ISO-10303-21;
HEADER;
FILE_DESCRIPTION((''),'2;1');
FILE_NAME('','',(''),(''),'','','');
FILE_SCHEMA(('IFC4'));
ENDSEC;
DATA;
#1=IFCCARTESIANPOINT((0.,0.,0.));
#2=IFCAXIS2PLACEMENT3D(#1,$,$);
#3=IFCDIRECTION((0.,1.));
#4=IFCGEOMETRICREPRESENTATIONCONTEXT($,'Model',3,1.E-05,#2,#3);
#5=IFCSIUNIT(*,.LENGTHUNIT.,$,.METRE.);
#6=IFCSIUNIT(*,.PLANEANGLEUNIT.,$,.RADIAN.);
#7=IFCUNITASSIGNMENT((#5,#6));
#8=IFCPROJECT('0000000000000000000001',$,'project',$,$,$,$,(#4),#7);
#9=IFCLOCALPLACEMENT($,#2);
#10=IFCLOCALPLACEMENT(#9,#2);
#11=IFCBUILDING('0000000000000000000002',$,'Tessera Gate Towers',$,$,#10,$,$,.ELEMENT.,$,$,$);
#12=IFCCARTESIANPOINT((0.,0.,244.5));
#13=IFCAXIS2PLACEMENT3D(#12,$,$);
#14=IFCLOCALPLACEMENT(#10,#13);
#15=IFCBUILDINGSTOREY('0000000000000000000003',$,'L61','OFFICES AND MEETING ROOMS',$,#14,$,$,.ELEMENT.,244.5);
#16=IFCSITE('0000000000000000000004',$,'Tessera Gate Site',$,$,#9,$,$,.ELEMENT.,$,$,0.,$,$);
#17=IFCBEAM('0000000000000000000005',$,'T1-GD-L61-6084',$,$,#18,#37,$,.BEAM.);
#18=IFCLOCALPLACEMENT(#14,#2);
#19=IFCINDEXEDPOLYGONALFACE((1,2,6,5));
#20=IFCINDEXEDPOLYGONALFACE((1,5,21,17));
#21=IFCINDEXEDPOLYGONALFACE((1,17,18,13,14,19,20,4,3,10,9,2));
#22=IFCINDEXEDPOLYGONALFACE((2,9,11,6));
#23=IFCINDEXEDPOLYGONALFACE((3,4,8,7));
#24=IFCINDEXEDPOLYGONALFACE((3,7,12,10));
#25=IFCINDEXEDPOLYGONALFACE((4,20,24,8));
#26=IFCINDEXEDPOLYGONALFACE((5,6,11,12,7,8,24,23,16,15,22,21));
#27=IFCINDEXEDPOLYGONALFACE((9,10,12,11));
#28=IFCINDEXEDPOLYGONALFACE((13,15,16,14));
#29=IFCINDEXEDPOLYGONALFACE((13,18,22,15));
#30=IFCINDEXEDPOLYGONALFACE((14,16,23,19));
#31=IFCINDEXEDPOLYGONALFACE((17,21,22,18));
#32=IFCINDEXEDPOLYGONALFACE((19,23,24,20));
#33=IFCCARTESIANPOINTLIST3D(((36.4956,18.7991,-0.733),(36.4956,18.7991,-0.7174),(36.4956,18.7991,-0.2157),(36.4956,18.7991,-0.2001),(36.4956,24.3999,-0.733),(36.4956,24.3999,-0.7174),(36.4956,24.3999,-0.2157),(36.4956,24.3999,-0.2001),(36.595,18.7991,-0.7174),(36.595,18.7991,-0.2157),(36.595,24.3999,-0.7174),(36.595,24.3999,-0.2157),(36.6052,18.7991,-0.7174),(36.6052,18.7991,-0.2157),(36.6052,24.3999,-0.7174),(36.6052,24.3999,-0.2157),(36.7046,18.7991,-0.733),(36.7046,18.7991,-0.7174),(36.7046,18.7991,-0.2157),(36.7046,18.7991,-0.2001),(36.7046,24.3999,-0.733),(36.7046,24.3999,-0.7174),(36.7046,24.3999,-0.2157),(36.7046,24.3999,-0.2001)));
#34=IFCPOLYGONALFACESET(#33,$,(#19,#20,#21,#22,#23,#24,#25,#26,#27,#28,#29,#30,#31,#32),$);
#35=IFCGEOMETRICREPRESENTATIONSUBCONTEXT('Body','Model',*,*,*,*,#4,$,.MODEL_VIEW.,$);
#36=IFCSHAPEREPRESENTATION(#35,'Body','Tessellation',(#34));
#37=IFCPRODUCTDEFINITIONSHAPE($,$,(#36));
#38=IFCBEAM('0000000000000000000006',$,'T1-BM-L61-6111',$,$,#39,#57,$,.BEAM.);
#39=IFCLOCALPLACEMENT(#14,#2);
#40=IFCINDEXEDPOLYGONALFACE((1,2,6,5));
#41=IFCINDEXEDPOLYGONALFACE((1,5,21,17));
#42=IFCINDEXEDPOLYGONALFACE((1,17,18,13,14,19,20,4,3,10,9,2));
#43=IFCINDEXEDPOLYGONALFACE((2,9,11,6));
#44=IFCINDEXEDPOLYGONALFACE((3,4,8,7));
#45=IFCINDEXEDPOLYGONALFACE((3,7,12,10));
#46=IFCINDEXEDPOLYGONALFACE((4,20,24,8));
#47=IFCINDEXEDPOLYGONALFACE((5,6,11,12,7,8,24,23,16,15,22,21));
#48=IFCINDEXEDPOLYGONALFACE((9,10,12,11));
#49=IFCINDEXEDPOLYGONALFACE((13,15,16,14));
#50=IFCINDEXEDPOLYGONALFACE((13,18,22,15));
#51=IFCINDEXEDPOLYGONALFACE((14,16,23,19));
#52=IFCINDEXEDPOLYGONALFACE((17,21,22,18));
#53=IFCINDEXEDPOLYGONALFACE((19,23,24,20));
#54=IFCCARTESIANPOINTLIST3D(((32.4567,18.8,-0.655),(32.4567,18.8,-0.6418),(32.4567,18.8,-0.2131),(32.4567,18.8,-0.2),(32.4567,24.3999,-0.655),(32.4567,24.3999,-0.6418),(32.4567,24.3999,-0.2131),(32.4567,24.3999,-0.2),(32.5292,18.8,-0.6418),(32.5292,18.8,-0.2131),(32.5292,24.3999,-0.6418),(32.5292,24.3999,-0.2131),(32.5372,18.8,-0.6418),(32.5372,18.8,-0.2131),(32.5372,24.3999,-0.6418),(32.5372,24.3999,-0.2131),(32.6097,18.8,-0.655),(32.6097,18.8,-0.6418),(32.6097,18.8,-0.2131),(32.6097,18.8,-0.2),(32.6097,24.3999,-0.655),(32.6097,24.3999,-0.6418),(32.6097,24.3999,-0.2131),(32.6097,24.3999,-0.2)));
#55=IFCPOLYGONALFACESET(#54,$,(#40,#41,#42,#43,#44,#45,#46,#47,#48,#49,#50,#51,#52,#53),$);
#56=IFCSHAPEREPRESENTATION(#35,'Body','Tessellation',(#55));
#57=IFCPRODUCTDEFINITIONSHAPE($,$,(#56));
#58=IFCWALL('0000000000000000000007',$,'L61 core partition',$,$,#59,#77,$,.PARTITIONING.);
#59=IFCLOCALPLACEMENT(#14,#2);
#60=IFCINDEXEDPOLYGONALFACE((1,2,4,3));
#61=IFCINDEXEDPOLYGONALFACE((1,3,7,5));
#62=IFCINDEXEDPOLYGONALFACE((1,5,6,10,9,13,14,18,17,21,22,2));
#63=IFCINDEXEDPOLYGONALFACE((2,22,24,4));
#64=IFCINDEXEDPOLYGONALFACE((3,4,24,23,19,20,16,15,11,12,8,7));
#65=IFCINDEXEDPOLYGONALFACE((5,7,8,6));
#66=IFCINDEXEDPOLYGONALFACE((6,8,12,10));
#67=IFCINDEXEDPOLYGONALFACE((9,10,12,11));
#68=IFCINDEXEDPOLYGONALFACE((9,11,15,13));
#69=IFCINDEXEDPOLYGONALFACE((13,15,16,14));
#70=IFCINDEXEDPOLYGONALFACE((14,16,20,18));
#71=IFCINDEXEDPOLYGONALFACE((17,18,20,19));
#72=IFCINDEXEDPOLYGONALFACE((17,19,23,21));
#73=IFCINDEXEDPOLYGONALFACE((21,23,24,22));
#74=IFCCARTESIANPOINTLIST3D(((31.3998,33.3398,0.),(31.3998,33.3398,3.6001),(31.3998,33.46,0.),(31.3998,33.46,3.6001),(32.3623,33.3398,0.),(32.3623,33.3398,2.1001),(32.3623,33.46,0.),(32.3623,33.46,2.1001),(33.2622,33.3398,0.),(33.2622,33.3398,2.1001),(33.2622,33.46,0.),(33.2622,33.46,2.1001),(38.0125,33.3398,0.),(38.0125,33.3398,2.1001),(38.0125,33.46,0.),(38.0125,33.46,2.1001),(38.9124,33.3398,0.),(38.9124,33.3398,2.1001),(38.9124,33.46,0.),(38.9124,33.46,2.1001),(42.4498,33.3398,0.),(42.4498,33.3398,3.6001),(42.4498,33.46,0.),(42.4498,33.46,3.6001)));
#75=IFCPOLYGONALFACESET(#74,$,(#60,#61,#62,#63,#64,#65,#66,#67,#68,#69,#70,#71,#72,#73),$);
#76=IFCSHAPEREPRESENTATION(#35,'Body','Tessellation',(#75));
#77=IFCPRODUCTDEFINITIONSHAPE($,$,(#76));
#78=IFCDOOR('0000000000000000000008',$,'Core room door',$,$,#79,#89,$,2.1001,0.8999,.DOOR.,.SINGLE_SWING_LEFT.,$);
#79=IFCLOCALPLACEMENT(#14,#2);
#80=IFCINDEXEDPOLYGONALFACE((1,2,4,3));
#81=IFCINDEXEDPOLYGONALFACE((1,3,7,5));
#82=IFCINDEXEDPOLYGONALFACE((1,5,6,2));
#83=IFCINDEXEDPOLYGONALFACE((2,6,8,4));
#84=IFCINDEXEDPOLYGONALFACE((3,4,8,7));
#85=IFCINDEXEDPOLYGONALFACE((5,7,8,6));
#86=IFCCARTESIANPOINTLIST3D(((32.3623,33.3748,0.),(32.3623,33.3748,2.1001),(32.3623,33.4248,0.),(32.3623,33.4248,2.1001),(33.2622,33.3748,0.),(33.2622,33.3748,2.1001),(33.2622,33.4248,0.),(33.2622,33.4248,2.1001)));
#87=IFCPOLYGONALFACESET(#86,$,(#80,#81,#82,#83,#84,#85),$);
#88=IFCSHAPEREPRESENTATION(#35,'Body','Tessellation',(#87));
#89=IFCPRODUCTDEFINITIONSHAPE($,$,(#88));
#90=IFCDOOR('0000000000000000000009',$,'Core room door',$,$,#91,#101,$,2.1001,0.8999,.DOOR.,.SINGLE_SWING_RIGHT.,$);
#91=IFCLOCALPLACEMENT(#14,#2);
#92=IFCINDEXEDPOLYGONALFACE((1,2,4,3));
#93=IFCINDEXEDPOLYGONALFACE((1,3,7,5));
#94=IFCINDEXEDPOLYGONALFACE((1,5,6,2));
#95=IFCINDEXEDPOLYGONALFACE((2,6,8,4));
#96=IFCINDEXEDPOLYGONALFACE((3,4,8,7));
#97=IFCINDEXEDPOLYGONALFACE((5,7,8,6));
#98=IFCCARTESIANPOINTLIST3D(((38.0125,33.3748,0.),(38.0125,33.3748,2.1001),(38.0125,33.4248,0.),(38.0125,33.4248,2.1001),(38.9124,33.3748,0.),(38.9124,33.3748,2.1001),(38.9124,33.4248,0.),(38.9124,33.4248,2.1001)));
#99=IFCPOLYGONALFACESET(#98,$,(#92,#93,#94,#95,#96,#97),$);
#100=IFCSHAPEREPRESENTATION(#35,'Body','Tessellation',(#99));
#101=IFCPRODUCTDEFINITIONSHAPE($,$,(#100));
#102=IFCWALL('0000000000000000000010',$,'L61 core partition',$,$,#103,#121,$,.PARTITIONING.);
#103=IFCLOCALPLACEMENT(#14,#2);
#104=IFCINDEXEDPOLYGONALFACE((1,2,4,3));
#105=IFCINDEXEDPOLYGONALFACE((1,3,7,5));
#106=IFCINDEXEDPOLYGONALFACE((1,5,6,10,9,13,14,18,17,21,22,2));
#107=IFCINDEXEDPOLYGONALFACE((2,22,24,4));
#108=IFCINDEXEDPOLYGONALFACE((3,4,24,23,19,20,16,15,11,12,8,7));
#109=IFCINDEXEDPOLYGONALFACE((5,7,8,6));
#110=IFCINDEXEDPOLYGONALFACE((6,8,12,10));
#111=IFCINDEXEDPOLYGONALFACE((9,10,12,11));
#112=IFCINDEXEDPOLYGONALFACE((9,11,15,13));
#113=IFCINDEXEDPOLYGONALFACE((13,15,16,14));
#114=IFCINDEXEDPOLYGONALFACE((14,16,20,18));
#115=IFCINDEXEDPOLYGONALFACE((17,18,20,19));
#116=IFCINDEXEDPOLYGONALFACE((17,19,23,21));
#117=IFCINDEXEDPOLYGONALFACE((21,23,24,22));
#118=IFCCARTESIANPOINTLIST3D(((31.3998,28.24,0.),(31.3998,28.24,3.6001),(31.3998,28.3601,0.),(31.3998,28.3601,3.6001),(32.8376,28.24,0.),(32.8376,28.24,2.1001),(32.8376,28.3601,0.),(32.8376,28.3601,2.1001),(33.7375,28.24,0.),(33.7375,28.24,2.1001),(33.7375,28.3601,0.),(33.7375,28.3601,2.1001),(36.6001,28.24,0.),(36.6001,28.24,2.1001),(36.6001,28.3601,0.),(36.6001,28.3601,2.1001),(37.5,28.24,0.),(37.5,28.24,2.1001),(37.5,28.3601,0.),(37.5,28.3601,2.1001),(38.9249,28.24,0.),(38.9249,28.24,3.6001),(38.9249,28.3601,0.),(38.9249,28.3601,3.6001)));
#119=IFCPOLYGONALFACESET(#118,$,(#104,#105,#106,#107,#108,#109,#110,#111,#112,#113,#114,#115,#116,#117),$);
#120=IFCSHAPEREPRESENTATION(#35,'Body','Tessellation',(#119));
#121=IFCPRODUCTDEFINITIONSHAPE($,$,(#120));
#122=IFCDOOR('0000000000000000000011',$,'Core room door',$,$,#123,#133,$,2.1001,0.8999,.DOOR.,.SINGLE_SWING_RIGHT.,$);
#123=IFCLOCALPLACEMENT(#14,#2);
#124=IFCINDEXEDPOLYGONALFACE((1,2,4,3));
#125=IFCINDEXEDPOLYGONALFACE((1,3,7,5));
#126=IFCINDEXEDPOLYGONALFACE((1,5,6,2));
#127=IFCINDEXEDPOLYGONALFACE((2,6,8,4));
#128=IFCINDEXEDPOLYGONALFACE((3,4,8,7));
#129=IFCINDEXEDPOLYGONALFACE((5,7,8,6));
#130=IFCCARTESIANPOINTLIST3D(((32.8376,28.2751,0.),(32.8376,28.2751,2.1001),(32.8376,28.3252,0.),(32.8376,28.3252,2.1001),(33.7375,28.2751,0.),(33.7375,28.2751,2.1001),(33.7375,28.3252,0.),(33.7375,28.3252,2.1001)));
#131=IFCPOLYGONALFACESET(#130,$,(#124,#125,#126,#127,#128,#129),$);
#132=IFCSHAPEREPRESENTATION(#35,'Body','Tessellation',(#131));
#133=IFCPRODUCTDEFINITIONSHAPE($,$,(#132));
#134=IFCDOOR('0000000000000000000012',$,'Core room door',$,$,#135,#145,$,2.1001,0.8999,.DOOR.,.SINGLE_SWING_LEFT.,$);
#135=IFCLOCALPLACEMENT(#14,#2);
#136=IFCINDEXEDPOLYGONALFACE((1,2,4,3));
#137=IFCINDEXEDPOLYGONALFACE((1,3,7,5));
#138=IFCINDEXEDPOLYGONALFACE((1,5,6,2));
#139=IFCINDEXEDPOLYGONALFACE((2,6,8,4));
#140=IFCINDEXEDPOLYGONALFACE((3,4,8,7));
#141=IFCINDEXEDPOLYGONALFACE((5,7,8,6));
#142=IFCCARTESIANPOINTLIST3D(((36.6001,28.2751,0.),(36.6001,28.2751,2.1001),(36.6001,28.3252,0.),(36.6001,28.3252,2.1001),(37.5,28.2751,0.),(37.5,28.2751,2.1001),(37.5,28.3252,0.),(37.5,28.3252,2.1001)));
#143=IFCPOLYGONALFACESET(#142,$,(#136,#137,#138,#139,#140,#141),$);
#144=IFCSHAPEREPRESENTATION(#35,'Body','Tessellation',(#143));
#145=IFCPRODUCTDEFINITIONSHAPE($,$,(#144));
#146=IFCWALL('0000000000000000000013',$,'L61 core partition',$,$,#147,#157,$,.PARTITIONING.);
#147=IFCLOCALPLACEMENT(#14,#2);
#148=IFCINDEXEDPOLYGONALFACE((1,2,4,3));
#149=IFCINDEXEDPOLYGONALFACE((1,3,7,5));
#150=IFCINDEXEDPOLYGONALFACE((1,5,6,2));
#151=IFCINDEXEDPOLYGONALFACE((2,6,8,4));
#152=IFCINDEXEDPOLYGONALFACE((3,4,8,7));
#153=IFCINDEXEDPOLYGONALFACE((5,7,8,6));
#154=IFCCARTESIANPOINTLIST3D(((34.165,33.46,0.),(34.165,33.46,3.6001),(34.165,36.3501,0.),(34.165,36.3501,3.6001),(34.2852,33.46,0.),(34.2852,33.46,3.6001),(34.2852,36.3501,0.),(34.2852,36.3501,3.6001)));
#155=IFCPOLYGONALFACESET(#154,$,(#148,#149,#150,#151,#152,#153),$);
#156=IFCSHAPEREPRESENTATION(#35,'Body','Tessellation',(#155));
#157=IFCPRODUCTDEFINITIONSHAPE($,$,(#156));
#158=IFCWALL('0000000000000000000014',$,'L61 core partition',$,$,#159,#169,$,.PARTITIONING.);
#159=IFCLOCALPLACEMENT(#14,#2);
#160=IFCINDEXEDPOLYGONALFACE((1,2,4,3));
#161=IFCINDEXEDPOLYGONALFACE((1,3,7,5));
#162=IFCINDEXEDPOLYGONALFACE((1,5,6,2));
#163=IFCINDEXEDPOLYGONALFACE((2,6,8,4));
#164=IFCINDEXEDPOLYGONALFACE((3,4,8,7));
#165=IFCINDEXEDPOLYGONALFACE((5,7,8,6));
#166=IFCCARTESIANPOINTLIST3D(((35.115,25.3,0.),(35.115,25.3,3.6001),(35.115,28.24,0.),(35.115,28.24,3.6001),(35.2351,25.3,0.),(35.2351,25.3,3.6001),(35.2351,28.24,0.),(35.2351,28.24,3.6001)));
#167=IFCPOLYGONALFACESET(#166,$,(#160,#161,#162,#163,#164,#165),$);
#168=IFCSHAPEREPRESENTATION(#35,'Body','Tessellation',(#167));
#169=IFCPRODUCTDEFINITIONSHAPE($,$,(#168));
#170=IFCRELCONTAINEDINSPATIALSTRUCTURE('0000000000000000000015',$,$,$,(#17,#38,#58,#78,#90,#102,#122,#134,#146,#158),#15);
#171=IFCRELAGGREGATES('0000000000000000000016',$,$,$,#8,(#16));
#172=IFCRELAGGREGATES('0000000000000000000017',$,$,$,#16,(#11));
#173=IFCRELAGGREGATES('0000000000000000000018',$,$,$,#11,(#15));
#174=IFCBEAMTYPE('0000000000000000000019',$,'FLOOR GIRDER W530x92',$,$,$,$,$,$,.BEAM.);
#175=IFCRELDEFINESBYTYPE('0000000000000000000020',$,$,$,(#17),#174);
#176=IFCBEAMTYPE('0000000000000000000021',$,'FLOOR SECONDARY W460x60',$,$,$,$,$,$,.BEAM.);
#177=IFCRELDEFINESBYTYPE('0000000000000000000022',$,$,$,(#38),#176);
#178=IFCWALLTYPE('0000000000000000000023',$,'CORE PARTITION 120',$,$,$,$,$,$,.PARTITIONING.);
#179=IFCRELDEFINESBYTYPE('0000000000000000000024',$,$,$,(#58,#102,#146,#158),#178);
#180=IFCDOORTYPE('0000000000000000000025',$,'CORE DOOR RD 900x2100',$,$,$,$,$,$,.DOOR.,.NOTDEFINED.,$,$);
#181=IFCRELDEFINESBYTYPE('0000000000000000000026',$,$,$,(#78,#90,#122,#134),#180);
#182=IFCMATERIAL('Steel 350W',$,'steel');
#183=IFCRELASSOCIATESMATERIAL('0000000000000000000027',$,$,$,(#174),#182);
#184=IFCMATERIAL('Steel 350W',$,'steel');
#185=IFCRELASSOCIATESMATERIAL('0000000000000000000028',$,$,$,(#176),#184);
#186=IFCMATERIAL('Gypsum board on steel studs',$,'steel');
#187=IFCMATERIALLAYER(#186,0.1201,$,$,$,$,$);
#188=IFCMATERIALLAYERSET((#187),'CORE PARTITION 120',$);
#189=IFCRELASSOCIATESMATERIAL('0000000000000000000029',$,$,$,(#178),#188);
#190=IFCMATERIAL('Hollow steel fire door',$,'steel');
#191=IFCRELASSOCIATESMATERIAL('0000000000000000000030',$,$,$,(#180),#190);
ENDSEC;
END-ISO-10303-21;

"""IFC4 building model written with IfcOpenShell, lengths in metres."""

from ifc_helpers import new_model, si_unit, direction, frame, frame_2d, origin, origin_2d, place, context, subcontext, project, spatial, rectangle, i_section, extrude, source, transform, mapped, material, layer, layer_set, material_profile, profile_set, type_object, element, fill, save


model = new_model("IFC4")

# Units and contexts
model_context = context("Model", 3, precision=1e-05, world=origin(), true_north=direction((0.0, 1.0)))
body_context = subcontext(model_context, "Body", "Model", "MODEL_VIEW")
ifc_project = project(units=[si_unit("LENGTHUNIT", "METRE"), si_unit("PLANEANGLEUNIT", "RADIAN")], contexts=[model_context])

# Site, building, storey
site_placement = place(None, origin())
site = spatial("IfcSite", under=ifc_project, at=site_placement, Name="Tessera Gate Site", CompositionType="ELEMENT", RefElevation=0.0)
building_placement = place(site_placement, origin())
building = spatial("IfcBuilding", under=site, at=building_placement, Name="Tessera Gate Towers", CompositionType="ELEMENT")
storey_placement = place(building_placement, frame((0.0, 0.0, 244.5)))
storey = spatial("IfcBuildingStorey", under=building, at=storey_placement, Name="L61", Description="OFFICES AND MEETING ROOMS", CompositionType="ELEMENT", Elevation=244.5)

# Beams
ifc_material_1 = material(Name="Steel 350W", Category="steel")
ifc_material_profile_1 = material_profile(ifc_material_1, i_section(OverallWidth=0.209, OverallDepth=0.533, WebThickness=0.0103, FlangeThickness=0.0156, at=origin_2d()), Name="W530x92")
ifc_profile_set_1 = profile_set([ifc_material_profile_1], Name="Steel 350W")
beam_type_1 = type_object("IfcBeamType", Name="FLOOR GIRDER W530x92", PredefinedType="BEAM", material=ifc_profile_set_1)
beam_1_placement = place(storey_placement, frame((36.6001, 18.7991, -0.4666), z_axis=(0.0, 1.0, 0.0), x_axis=(-1.0, 0.0, 0.0)))
element("IfcBeam", 1, at=beam_1_placement, inside=storey, type_object=beam_type_1, Name="T1-GD-L61-6084", PredefinedType="BEAM", context=body_context, shape_type="SweptSolid", body=[
    extrude(i_section(OverallWidth=0.209, OverallDepth=0.533, WebThickness=0.0103, FlangeThickness=0.0156, at=origin_2d()), origin(), (0.0, 0.0, 1.0), 5.6008),
])
ifc_material_2 = material(Name="Steel 350W", Category="steel")
ifc_material_profile_2 = material_profile(ifc_material_2, i_section(OverallWidth=0.1531, OverallDepth=0.4551, WebThickness=0.0081, FlangeThickness=0.0132, at=origin_2d()), Name="W460x60")
ifc_profile_set_2 = profile_set([ifc_material_profile_2], Name="Steel 350W")
beam_type_2 = type_object("IfcBeamType", Name="FLOOR SECONDARY W460x60", PredefinedType="BEAM", material=ifc_profile_set_2)
beam_2_placement = place(storey_placement, frame((32.5332, 18.8, -0.4275), z_axis=(0.0, 1.0, 0.0), x_axis=(-1.0, 0.0, 0.0)))
element("IfcBeam", 2, at=beam_2_placement, inside=storey, type_object=beam_type_2, Name="T1-BM-L61-6111", PredefinedType="BEAM", context=body_context, shape_type="SweptSolid", body=[
    extrude(i_section(OverallWidth=0.1531, OverallDepth=0.4551, WebThickness=0.0081, FlangeThickness=0.0132, at=origin_2d()), origin(), (0.0, 0.0, 1.0), 5.5999),
])

# Walls, openings, doors
ifc_material_3 = material(Name="Gypsum board on steel studs", Category="steel")
ifc_layer_1 = layer(ifc_material_3, 0.1201)
ifc_layer_set_1 = layer_set([ifc_layer_1], Name="CORE PARTITION 120")
wall_type_1 = type_object("IfcWallType", Name="CORE PARTITION 120", PredefinedType="PARTITIONING", material=ifc_layer_set_1)
wall_1_placement = place(storey_placement, frame((31.3999, 33.3999, 0.0), z_axis=(0.0, 0.0, 1.0), x_axis=(1.0, 0.0, 0.0)))
wall_1 = element("IfcWall", 3, at=wall_1_placement, inside=storey, type_object=wall_type_1, Name="L61 core partition", PredefinedType="PARTITIONING", context=body_context, shape_type="SweptSolid", body=[
    extrude(rectangle(XDim=11.05, YDim=0.1201, at=frame_2d((5.5249, 0.0))), origin(), (0.0, 0.0, 1.0), 3.6001),
])
shared_shape_1 = source(origin(), body_context, "Body", "SweptSolid", [
    extrude(rectangle(XDim=0.8999, YDim=2.1001, at=frame_2d((0.45, 1.05))), frame((0.0, 0.0701, 0.0), z_axis=(0.0, -1.0, 0.0), x_axis=(1.0, 0.0, 0.0)), (0.0, 0.0, 1.0), 0.1401),
])
opening_1_placement = place(wall_1_placement, frame((0.9624, 0.0, 0.0)))
opening_1 = element("IfcOpeningElement", 4, at=opening_1_placement, cuts=wall_1, PredefinedType="OPENING", context=body_context, shape_type="MappedRepresentation", body=[
    mapped(shared_shape_1, transform((0.0, 0.0, 0.0), scale=1.0)),
])
opening_2_placement = place(wall_1_placement, frame((6.6125, 0.0, 0.0)))
opening_2 = element("IfcOpeningElement", 5, at=opening_2_placement, cuts=wall_1, PredefinedType="OPENING", context=body_context, shape_type="MappedRepresentation", body=[
    mapped(shared_shape_1, transform((0.0, 0.0, 0.0), scale=1.0)),
])
ifc_material_4 = material(Name="Hollow steel fire door", Category="steel")
door_type_1 = type_object("IfcDoorType", Name="CORE DOOR RD 900x2100", OperationType="NOTDEFINED", PredefinedType="DOOR", material=ifc_material_4)
shared_shape_2 = source(origin(), body_context, "Body", "SweptSolid", [
    extrude(rectangle(XDim=0.8999, YDim=2.1001, at=frame_2d((0.45, 1.05))), frame((0.0, 0.0249, 0.0), z_axis=(0.0, -1.0, 0.0), x_axis=(1.0, 0.0, 0.0)), (0.0, 0.0, 1.0), 0.05),
])
door_1_placement = place(opening_1_placement, origin())
door_1 = element("IfcDoor", 6, at=door_1_placement, inside=storey, type_object=door_type_1, Name="Core room door", OperationType="SINGLE_SWING_LEFT", OverallHeight=2.1001, OverallWidth=0.8999, PredefinedType="DOOR", context=body_context, shape_type="MappedRepresentation", body=[
    mapped(shared_shape_2, transform((0.0, 0.0, 0.0), scale=1.0)),
])
fill(opening_1, door_1)
door_2_placement = place(opening_2_placement, origin())
door_2 = element("IfcDoor", 7, at=door_2_placement, inside=storey, type_object=door_type_1, Name="Core room door", OperationType="SINGLE_SWING_RIGHT", OverallHeight=2.1001, OverallWidth=0.8999, PredefinedType="DOOR", context=body_context, shape_type="MappedRepresentation", body=[
    mapped(shared_shape_2, transform((0.0, 0.0, 0.0), scale=1.0)),
])
fill(opening_2, door_2)
wall_2_placement = place(storey_placement, frame((38.925, 28.3, 0.0), z_axis=(0.0, 0.0, 1.0), x_axis=(-1.0, 0.0, 0.0)))
wall_2 = element("IfcWall", 8, at=wall_2_placement, inside=storey, type_object=wall_type_1, Name="L61 core partition", PredefinedType="PARTITIONING", context=body_context, shape_type="SweptSolid", body=[
    extrude(rectangle(XDim=7.5251, YDim=0.1201, at=frame_2d((3.7627, 0.0))), origin(), (0.0, 0.0, 1.0), 3.6001),
])
opening_3_placement = place(wall_2_placement, frame((5.1875, 0.0, 0.0)))
opening_3 = element("IfcOpeningElement", 9, at=opening_3_placement, cuts=wall_2, PredefinedType="OPENING", context=body_context, shape_type="MappedRepresentation", body=[
    mapped(shared_shape_1, transform((0.0, 0.0, 0.0), scale=1.0)),
])
opening_4_placement = place(wall_2_placement, frame((1.425, 0.0, 0.0)))
opening_4 = element("IfcOpeningElement", 10, at=opening_4_placement, cuts=wall_2, PredefinedType="OPENING", context=body_context, shape_type="MappedRepresentation", body=[
    mapped(shared_shape_1, transform((0.0, 0.0, 0.0), scale=1.0)),
])
door_3_placement = place(opening_3_placement, origin())
door_3 = element("IfcDoor", 11, at=door_3_placement, inside=storey, type_object=door_type_1, Name="Core room door", OperationType="SINGLE_SWING_RIGHT", OverallHeight=2.1001, OverallWidth=0.8999, PredefinedType="DOOR", context=body_context, shape_type="MappedRepresentation", body=[
    mapped(shared_shape_2, transform((0.0, 0.0, 0.0), scale=1.0)),
])
fill(opening_3, door_3)
door_4_placement = place(opening_4_placement, origin())
door_4 = element("IfcDoor", 12, at=door_4_placement, inside=storey, type_object=door_type_1, Name="Core room door", OperationType="SINGLE_SWING_LEFT", OverallHeight=2.1001, OverallWidth=0.8999, PredefinedType="DOOR", context=body_context, shape_type="MappedRepresentation", body=[
    mapped(shared_shape_2, transform((0.0, 0.0, 0.0), scale=1.0)),
])
fill(opening_4, door_4)

# Walls
wall_3_placement = place(storey_placement, frame((34.2251, 33.46, 0.0), z_axis=(0.0, 0.0, 1.0), x_axis=(0.0, 1.0, 0.0)))
element("IfcWall", 13, at=wall_3_placement, inside=storey, type_object=wall_type_1, Name="L61 core partition", PredefinedType="PARTITIONING", context=body_context, shape_type="SweptSolid", body=[
    extrude(rectangle(XDim=2.8901, YDim=0.1201, at=frame_2d((1.4451, 0.0))), origin(), (0.0, 0.0, 1.0), 3.6001),
])
wall_4_placement = place(storey_placement, frame((35.175, 25.3, 0.0), z_axis=(0.0, 0.0, 1.0), x_axis=(0.0, 1.0, 0.0)))
element("IfcWall", 14, at=wall_4_placement, inside=storey, type_object=wall_type_1, Name="L61 core partition", PredefinedType="PARTITIONING", context=body_context, shape_type="SweptSolid", body=[
    extrude(rectangle(XDim=2.9399, YDim=0.1201, at=frame_2d((1.47, 0.0))), origin(), (0.0, 0.0, 1.0), 3.6001),
])

save(model, "model.ifc")
